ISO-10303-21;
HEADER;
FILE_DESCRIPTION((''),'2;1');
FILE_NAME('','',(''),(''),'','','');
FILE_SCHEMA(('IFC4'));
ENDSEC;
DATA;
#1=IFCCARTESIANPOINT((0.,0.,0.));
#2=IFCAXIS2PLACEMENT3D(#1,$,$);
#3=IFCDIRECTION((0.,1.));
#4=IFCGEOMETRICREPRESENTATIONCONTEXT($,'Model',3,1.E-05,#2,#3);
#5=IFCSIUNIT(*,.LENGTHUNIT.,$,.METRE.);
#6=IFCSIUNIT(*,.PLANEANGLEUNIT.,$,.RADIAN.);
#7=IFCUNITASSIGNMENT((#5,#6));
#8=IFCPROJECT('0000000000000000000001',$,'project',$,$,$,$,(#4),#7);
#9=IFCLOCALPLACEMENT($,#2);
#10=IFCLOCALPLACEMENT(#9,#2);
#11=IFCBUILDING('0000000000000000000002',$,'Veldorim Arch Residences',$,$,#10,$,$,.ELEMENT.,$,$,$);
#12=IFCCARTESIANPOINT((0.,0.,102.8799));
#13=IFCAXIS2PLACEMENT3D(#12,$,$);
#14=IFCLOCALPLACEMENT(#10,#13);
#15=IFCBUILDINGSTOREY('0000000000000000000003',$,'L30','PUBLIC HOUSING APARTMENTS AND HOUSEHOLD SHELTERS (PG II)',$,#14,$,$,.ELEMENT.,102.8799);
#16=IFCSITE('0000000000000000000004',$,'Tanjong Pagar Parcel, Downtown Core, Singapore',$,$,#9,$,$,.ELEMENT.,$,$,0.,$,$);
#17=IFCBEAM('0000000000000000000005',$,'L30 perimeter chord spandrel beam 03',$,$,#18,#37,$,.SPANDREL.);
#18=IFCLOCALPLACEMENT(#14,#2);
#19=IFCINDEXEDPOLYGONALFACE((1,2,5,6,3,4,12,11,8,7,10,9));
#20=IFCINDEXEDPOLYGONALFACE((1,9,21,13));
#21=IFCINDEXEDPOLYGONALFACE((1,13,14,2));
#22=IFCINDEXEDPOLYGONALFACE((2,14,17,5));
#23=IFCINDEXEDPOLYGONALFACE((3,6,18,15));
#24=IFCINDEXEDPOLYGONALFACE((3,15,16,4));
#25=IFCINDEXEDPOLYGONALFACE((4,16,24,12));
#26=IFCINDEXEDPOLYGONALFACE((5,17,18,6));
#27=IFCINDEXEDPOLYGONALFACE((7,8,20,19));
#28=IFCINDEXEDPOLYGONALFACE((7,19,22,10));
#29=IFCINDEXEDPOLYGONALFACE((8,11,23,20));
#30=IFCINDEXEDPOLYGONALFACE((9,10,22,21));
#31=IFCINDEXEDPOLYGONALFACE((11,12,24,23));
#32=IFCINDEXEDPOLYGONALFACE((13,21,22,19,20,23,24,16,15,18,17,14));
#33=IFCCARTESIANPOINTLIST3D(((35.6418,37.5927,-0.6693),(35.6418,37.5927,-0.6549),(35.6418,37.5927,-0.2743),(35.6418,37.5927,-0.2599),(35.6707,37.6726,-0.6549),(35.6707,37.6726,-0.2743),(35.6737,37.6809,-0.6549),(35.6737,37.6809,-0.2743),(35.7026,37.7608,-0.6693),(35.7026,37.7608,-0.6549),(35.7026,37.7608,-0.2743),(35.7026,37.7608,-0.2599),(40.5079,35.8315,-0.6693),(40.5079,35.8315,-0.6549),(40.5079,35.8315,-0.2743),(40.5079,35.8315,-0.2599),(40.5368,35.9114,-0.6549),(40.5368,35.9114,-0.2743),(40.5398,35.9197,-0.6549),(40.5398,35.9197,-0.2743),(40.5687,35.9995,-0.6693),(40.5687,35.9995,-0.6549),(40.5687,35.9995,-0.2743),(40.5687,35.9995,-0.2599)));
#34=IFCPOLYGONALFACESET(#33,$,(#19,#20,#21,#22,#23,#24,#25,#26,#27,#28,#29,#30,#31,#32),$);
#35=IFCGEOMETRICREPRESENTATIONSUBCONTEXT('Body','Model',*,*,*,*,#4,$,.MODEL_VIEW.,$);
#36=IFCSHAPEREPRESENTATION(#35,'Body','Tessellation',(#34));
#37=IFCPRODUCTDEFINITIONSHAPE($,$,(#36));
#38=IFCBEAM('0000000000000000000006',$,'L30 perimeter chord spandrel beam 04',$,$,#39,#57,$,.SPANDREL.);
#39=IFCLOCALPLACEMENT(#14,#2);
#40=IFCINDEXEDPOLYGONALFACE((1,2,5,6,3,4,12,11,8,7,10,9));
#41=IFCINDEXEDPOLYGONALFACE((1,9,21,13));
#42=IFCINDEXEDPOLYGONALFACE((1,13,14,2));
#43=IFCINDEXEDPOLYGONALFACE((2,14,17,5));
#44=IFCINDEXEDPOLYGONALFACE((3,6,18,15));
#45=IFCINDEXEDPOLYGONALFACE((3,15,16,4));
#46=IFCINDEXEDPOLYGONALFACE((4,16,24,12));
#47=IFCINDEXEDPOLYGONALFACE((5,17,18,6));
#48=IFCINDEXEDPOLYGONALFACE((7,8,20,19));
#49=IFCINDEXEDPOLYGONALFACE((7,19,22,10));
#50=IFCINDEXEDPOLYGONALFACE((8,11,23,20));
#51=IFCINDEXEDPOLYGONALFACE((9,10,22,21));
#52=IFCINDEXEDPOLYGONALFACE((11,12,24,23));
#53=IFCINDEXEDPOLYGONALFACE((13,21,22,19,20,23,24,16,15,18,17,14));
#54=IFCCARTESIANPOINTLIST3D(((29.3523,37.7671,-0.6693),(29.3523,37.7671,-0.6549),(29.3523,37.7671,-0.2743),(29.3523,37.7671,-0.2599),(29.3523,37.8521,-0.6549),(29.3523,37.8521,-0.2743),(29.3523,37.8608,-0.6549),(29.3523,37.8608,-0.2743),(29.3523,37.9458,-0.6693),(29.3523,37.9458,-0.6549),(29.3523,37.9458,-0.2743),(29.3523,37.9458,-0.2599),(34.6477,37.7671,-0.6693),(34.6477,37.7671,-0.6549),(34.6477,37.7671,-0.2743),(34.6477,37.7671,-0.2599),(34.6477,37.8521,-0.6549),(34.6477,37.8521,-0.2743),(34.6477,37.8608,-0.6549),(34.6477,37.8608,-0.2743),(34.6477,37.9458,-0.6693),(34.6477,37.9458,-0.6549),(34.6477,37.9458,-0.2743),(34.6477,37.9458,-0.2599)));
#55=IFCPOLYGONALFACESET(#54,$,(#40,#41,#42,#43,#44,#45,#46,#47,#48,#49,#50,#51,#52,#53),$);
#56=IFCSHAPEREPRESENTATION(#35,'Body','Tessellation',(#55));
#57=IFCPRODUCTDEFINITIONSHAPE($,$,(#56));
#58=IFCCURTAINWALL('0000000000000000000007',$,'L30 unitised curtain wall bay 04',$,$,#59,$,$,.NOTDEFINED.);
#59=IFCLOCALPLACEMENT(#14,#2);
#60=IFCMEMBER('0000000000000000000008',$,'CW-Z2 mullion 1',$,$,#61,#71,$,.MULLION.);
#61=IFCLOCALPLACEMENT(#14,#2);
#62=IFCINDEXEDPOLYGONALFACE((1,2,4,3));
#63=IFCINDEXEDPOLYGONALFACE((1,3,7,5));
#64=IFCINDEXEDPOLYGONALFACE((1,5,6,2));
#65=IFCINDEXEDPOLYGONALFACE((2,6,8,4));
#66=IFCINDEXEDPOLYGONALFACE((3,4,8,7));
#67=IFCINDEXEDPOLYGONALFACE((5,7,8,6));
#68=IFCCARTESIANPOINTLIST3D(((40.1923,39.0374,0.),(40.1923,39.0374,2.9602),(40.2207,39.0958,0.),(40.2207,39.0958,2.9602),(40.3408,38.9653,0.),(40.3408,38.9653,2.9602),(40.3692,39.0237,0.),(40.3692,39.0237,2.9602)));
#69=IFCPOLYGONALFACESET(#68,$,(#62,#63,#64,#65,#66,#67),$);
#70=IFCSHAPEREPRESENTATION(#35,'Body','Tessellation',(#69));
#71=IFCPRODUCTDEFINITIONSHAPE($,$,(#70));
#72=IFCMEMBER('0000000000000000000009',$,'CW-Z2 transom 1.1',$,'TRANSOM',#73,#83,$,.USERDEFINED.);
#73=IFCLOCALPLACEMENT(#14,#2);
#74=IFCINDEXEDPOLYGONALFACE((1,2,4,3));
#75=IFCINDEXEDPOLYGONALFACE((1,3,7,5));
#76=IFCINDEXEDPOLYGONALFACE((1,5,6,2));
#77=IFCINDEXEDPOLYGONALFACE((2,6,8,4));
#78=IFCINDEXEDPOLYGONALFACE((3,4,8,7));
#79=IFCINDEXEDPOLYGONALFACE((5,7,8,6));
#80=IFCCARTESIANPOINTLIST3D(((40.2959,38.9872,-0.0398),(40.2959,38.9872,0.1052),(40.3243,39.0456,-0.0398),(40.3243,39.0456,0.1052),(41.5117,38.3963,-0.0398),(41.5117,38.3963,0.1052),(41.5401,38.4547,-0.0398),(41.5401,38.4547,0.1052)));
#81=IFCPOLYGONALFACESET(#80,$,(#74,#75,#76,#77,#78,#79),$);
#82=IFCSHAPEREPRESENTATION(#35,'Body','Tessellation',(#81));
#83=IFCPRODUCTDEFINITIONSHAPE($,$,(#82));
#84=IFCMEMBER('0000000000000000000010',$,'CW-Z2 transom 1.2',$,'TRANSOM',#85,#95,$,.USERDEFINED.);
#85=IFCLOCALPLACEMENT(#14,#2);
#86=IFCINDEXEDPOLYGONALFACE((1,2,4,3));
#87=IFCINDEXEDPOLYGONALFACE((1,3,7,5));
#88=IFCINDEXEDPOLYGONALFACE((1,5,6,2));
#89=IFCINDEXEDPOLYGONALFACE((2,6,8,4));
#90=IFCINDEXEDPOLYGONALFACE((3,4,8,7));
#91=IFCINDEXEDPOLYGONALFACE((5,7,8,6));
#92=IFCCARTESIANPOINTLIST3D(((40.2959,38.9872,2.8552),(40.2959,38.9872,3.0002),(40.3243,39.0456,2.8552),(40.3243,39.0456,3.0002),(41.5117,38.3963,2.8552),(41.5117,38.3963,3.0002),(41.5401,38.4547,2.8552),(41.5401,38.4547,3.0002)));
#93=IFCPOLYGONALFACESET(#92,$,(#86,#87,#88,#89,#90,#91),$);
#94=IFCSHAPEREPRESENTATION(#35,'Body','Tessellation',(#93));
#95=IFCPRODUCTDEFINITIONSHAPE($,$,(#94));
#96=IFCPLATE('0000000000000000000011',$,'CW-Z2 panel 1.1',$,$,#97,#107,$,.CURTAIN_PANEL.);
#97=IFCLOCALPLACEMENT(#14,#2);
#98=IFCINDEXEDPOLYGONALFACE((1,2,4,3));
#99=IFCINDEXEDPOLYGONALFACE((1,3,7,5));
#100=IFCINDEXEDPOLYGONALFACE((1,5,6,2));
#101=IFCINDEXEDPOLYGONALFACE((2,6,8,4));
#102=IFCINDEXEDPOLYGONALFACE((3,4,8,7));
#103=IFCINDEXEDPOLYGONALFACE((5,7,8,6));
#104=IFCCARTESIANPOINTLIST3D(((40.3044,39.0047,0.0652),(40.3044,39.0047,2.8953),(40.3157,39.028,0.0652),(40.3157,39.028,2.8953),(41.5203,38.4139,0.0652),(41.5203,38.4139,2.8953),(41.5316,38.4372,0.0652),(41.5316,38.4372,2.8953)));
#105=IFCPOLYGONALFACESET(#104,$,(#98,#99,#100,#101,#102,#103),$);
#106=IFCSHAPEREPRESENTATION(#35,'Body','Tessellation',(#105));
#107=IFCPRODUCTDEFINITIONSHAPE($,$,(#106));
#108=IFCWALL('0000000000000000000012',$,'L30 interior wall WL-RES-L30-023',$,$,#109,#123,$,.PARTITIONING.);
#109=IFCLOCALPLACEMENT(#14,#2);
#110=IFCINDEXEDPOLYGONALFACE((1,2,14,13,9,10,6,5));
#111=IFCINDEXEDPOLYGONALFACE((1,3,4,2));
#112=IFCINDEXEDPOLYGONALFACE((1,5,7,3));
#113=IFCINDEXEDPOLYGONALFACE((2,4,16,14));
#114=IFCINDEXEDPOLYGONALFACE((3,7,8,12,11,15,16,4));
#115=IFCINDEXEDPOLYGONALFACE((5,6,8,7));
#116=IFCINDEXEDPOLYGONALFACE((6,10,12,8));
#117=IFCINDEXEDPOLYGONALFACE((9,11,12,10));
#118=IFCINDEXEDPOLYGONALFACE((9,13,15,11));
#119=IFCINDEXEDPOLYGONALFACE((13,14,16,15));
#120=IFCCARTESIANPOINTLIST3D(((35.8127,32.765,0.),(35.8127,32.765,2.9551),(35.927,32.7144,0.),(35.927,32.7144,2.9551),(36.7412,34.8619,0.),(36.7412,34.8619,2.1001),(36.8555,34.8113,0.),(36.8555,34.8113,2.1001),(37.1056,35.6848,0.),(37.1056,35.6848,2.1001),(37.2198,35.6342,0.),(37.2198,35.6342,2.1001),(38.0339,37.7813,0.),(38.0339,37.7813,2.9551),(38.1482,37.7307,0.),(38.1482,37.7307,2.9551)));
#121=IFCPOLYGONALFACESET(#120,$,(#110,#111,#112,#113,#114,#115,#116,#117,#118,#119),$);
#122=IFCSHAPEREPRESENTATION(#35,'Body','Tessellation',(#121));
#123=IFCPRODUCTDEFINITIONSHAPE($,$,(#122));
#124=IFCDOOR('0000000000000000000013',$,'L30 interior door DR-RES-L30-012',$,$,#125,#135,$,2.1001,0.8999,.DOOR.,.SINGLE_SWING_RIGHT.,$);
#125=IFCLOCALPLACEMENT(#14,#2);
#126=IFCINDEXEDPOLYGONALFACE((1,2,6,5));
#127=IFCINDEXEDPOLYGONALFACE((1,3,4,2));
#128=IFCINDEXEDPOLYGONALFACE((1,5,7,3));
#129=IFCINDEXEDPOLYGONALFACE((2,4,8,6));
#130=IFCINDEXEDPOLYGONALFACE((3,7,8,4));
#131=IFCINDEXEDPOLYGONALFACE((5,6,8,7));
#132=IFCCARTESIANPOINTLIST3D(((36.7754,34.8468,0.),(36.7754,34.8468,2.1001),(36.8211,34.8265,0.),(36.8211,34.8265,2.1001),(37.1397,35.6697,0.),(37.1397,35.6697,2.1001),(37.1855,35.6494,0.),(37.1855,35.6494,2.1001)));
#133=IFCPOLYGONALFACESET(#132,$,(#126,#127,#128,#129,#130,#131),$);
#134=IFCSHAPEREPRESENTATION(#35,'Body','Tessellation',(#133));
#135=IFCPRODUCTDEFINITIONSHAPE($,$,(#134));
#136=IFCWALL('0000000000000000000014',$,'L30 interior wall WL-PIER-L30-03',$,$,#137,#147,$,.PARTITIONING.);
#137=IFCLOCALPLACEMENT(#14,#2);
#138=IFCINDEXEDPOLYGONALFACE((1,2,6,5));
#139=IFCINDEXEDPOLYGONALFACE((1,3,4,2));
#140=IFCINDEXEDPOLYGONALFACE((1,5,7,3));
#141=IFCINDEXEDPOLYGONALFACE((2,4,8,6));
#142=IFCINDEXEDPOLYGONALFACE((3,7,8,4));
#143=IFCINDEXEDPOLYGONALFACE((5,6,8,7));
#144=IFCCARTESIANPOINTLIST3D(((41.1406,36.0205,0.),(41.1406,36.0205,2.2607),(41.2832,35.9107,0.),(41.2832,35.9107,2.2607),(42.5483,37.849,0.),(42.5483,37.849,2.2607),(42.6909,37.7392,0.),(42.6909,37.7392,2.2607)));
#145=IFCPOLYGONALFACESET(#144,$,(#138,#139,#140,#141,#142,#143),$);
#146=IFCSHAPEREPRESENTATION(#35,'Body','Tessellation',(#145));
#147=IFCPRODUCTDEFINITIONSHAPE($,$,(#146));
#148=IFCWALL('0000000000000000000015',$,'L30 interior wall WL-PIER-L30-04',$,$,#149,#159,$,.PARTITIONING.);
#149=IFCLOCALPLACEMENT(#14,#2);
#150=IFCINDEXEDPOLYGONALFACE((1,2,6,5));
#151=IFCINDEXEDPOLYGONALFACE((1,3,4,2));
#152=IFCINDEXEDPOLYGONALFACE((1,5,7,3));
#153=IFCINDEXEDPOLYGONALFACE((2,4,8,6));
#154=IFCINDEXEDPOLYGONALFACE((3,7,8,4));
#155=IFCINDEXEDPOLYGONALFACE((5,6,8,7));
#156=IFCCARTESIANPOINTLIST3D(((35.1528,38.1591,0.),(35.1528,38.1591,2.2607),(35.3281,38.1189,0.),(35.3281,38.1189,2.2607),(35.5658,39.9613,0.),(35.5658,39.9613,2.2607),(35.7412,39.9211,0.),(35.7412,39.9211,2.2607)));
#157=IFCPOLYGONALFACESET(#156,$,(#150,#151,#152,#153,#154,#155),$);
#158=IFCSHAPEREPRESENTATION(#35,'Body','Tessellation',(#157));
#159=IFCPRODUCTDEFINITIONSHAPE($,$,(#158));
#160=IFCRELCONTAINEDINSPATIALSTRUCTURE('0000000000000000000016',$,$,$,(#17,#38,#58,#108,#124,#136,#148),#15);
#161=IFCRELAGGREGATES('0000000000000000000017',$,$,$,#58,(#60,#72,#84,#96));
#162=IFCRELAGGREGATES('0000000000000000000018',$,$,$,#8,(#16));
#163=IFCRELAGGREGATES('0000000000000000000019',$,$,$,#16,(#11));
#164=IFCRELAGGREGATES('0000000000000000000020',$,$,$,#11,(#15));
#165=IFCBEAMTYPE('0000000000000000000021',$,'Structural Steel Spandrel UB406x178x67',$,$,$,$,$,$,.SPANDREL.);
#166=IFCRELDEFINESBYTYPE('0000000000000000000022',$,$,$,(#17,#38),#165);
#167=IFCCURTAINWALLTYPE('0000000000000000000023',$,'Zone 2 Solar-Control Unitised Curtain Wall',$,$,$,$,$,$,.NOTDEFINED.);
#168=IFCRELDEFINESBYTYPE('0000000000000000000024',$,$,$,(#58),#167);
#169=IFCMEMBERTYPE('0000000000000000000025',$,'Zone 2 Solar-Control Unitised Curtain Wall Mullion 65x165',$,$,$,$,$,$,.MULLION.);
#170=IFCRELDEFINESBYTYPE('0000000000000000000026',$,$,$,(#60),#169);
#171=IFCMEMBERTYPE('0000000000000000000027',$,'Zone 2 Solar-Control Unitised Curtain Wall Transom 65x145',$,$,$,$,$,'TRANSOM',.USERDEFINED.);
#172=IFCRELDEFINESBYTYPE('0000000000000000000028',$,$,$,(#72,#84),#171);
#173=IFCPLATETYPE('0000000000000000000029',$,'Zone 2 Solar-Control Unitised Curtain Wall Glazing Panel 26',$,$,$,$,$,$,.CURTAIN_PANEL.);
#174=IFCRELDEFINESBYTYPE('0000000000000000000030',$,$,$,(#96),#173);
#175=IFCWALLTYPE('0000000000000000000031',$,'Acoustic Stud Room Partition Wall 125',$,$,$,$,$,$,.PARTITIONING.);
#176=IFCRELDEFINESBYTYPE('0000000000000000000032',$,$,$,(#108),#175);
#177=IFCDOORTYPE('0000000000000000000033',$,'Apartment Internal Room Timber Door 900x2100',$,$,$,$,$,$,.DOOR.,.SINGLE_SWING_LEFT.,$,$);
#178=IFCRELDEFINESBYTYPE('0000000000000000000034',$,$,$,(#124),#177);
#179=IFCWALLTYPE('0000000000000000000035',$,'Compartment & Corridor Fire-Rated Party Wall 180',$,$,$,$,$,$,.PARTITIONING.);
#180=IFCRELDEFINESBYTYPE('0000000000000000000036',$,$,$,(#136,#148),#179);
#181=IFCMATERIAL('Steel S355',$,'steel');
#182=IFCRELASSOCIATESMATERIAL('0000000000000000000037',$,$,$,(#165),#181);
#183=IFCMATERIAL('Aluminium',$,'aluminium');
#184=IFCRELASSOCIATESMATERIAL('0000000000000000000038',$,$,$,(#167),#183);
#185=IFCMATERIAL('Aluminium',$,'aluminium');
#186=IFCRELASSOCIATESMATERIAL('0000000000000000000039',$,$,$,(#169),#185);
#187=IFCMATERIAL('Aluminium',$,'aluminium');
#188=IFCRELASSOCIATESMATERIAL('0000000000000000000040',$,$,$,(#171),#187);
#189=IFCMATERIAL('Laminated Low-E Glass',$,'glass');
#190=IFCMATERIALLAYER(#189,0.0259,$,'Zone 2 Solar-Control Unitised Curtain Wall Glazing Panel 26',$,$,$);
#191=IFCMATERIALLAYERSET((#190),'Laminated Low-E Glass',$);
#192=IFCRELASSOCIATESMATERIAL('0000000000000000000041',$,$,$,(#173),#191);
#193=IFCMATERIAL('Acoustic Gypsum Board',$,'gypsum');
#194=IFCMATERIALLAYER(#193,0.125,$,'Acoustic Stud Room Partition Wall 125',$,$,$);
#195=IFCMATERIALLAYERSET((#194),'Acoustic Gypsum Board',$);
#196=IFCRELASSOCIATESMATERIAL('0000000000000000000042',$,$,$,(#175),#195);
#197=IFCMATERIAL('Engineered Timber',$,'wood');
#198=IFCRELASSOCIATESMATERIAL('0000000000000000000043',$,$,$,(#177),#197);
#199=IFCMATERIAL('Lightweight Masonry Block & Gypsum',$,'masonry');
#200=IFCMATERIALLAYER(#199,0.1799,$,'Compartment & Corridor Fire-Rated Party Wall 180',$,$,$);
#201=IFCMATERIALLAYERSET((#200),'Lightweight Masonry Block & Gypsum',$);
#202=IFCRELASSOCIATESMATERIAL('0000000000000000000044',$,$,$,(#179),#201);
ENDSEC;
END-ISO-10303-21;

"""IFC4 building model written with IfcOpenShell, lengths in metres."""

from ifc_helpers import new_model, si_unit, direction, frame, frame_2d, origin, origin_2d, place, context, subcontext, project, spatial, rectangle, i_section, extrude, material, layer, layer_set, material_profile, profile_set, type_object, element, fill, aggregate, save


model = new_model("IFC4")

# Units and contexts
model_context = context("Model", 3, precision=1e-05, world=origin(), true_north=direction((0.0, 1.0)))
body_context = subcontext(model_context, "Body", "Model", "MODEL_VIEW")
ifc_project = project(units=[si_unit("LENGTHUNIT", "METRE"), si_unit("PLANEANGLEUNIT", "RADIAN")], contexts=[model_context])

# Site, building, storey
site_placement = place(None, origin())
site = spatial("IfcSite", under=ifc_project, at=site_placement, Name="Tanjong Pagar Parcel, Downtown Core, Singapore", CompositionType="ELEMENT", RefElevation=0.0)
building_placement = place(site_placement, origin())
building = spatial("IfcBuilding", under=site, at=building_placement, Name="Veldorim Arch Residences", CompositionType="ELEMENT")
storey_placement = place(building_placement, frame((0.0, 0.0, 102.8799)))
storey = spatial("IfcBuildingStorey", under=building, at=storey_placement, Name="L30", Description="PUBLIC HOUSING APARTMENTS AND HOUSEHOLD SHELTERS (PG II)", CompositionType="ELEMENT", Elevation=102.8799)

# Beams
ifc_material_1 = material(Name="Steel S355", Category="steel")
ifc_material_profile_1 = material_profile(ifc_material_1, i_section(OverallWidth=0.1787, OverallDepth=0.4094, WebThickness=0.0088, FlangeThickness=0.0144, at=origin_2d()), Name="UB406x178x67")
ifc_profile_set_1 = profile_set([ifc_material_profile_1], Name="Steel S355")
beam_type_1 = type_object("IfcBeamType", Name="Structural Steel Spandrel UB406x178x67", PredefinedType="SPANDREL", material=ifc_profile_set_1)
beam_1_placement = place(storey_placement, frame((40.5383, 35.9155, -0.4646), z_axis=(-0.940308, 0.340326, 0.0), x_axis=(-0.340326, -0.940308, 0.0)))
element("IfcBeam", 1, at=beam_1_placement, inside=storey, type_object=beam_type_1, Name="L30 perimeter chord spandrel beam 03", PredefinedType="SPANDREL", context=body_context, shape_type="SweptSolid", body=[
    extrude(i_section(OverallWidth=0.1787, OverallDepth=0.4094, WebThickness=0.0088, FlangeThickness=0.0144, at=origin_2d()), origin(), (0.0, 0.0, 1.0), 5.175),
])
beam_2_placement = place(storey_placement, frame((34.6477, 37.8564, -0.4646), z_axis=(-1.0, 0.0, 0.0), x_axis=(0.0, -1.0, 0.0)))
element("IfcBeam", 2, at=beam_2_placement, inside=storey, type_object=beam_type_1, Name="L30 perimeter chord spandrel beam 04", PredefinedType="SPANDREL", context=body_context, shape_type="SweptSolid", body=[
    extrude(i_section(OverallWidth=0.1787, OverallDepth=0.4094, WebThickness=0.0088, FlangeThickness=0.0144, at=origin_2d()), origin(), (0.0, 0.0, 1.0), 5.2954),
])

# Curtain wall, members, plate
ifc_material_2 = material(Name="Aluminium", Category="aluminium")
curtain_wall_type = type_object("IfcCurtainWallType", Name="Zone 2 Solar-Control Unitised Curtain Wall", PredefinedType="NOTDEFINED", material=ifc_material_2)
curtain_wall_placement = place(storey_placement, origin())
curtain_wall = element("IfcCurtainWall", 3, at=curtain_wall_placement, inside=storey, type_object=curtain_wall_type, Name="L30 unitised curtain wall bay 04", PredefinedType="NOTDEFINED")
ifc_material_3 = material(Name="Aluminium", Category="aluminium")
ifc_material_profile_2 = material_profile(ifc_material_3, rectangle(XDim=0.0649, YDim=0.165, at=origin_2d()), Name="ALU_MUL_65x165")
ifc_profile_set_2 = profile_set([ifc_material_profile_2], Name="Aluminium")
member_type_1 = type_object("IfcMemberType", Name="Zone 2 Solar-Control Unitised Curtain Wall Mullion 65x165", PredefinedType="MULLION", material=ifc_profile_set_2)
member_1_placement = place(storey_placement, frame((40.2808, 39.0305, 0.0), z_axis=(0.0, 0.0, 1.0), x_axis=(0.437, 0.899462, 0.0)))
member_1 = element("IfcMember", 4, at=member_1_placement, type_object=member_type_1, Name="CW-Z2 mullion 1", PredefinedType="MULLION", context=body_context, shape_type="SweptSolid", body=[
    extrude(rectangle(XDim=0.0649, YDim=0.165, at=origin_2d()), origin(), (0.0, 0.0, 1.0), 2.9602),
])
ifc_material_4 = material(Name="Aluminium", Category="aluminium")
ifc_material_profile_3 = material_profile(ifc_material_4, rectangle(XDim=0.0649, YDim=0.145, at=origin_2d()), Name="ALU_TRN_65x145")
ifc_profile_set_3 = profile_set([ifc_material_profile_3], Name="Aluminium")
member_type_2 = type_object("IfcMemberType", Name="Zone 2 Solar-Control Unitised Curtain Wall Transom 65x145", ElementType="TRANSOM", PredefinedType="USERDEFINED", material=ifc_profile_set_3)
member_2_placement = place(storey_placement, frame((40.3101, 39.0164, 0.0327), z_axis=(0.899427, -0.437071, 0.0), x_axis=(0.437071, 0.899427, 0.0)))
member_2 = element("IfcMember", 5, at=member_2_placement, type_object=member_type_2, Name="CW-Z2 transom 1.1", ObjectType="TRANSOM", PredefinedType="USERDEFINED", context=body_context, shape_type="SweptSolid", body=[
    extrude(rectangle(XDim=0.0649, YDim=0.145, at=origin_2d()), origin(), (0.0, 0.0, 1.0), 1.3518),
])
member_3_placement = place(storey_placement, frame((40.3101, 39.0164, 2.9277), z_axis=(0.899427, -0.437071, 0.0), x_axis=(0.437071, 0.899427, 0.0)))
member_3 = element("IfcMember", 6, at=member_3_placement, type_object=member_type_2, Name="CW-Z2 transom 1.2", ObjectType="TRANSOM", PredefinedType="USERDEFINED", context=body_context, shape_type="SweptSolid", body=[
    extrude(rectangle(XDim=0.0649, YDim=0.145, at=origin_2d()), origin(), (0.0, 0.0, 1.0), 1.3518),
])
ifc_material_5 = material(Name="Laminated Low-E Glass", Category="glass")
ifc_layer_1 = layer(ifc_material_5, 0.0259, Name="Zone 2 Solar-Control Unitised Curtain Wall Glazing Panel 26")
ifc_layer_set_1 = layer_set([ifc_layer_1], Name="Laminated Low-E Glass")
plate_type = type_object("IfcPlateType", Name="Zone 2 Solar-Control Unitised Curtain Wall Glazing Panel 26", PredefinedType="CURTAIN_PANEL", material=ifc_layer_set_1)
plate_placement = place(storey_placement, frame((40.918, 38.7209, 0.0652), z_axis=(0.0, 0.0, 1.0), x_axis=(0.899462, -0.437, 0.0)))
plate = element("IfcPlate", 7, at=plate_placement, type_object=plate_type, Name="CW-Z2 panel 1.1", PredefinedType="CURTAIN_PANEL", context=body_context, shape_type="SweptSolid", body=[
    extrude(rectangle(XDim=1.3518, YDim=0.0259, at=origin_2d()), origin(), (0.0, 0.0, 1.0), 2.8301),
])
aggregate(curtain_wall, [member_1, member_2, member_3, plate])

# Wall, opening, door
ifc_material_6 = material(Name="Acoustic Gypsum Board", Category="gypsum")
ifc_layer_2 = layer(ifc_material_6, 0.125, Name="Acoustic Stud Room Partition Wall 125")
ifc_layer_set_2 = layer_set([ifc_layer_2], Name="Acoustic Gypsum Board")
wall_type_1 = type_object("IfcWallType", Name="Acoustic Stud Room Partition Wall 125", PredefinedType="PARTITIONING", material=ifc_layer_set_2)
wall_1_placement = place(storey_placement, frame((38.0911, 37.7561, 0.0), z_axis=(0.0, 0.0, 1.0), x_axis=(-0.404875, -0.914372, 0.0)))
wall_1 = element("IfcWall", 8, at=wall_1_placement, inside=storey, type_object=wall_type_1, Name="L30 interior wall WL-RES-L30-023", PredefinedType="PARTITIONING", context=body_context, shape_type="SweptSolid", body=[
    extrude(rectangle(XDim=5.4861, YDim=0.125, at=frame_2d((2.7432, 0.0))), origin(), (0.0, 0.0, 1.0), 2.9551),
])
opening_1_placement = place(wall_1_placement, frame((2.293, 0.0, 0.0)))
opening_1 = element("IfcOpeningElement", 9, at=opening_1_placement, cuts=wall_1, PredefinedType="OPENING", context=body_context, shape_type="SweptSolid", body=[
    extrude(rectangle(XDim=0.8999, YDim=2.1001, at=frame_2d((0.45, 1.05))), frame((0.0, 0.0725, 0.0), z_axis=(0.0, -1.0, 0.0), x_axis=(1.0, 0.0, 0.0)), (0.0, 0.0, 1.0), 0.145),
])
ifc_material_7 = material(Name="Engineered Timber", Category="wood")
door_type_1 = type_object("IfcDoorType", Name="Apartment Internal Room Timber Door 900x2100", OperationType="SINGLE_SWING_LEFT", PredefinedType="DOOR", material=ifc_material_7)
door_1_placement = place(opening_1_placement, origin())
door_1 = element("IfcDoor", 10, at=door_1_placement, inside=storey, type_object=door_type_1, Name="L30 interior door DR-RES-L30-012", OperationType="SINGLE_SWING_RIGHT", OverallHeight=2.1001, OverallWidth=0.8999, PredefinedType="DOOR", context=body_context, shape_type="SweptSolid", body=[
    extrude(rectangle(XDim=0.8999, YDim=2.1001, at=frame_2d((0.45, 1.05))), frame((0.0, 0.0249, 0.0), z_axis=(0.0, -1.0, 0.0), x_axis=(1.0, 0.0, 0.0)), (0.0, 0.0, 1.0), 0.05),
])
fill(opening_1, door_1)

# Walls
ifc_material_8 = material(Name="Lightweight Masonry Block & Gypsum", Category="masonry")
ifc_layer_3 = layer(ifc_material_8, 0.1799, Name="Compartment & Corridor Fire-Rated Party Wall 180")
ifc_layer_set_3 = layer_set([ifc_layer_3], Name="Lightweight Masonry Block & Gypsum")
wall_type_2 = type_object("IfcWallType", Name="Compartment & Corridor Fire-Rated Party Wall 180", PredefinedType="PARTITIONING", material=ifc_layer_set_3)
wall_2_placement = place(storey_placement, frame((41.2119, 35.9656, 0.0), z_axis=(0.0, 0.0, 1.0), x_axis=(0.610007, 0.792396, 0.0)))
element("IfcWall", 11, at=wall_2_placement, inside=storey, type_object=wall_type_2, Name="L30 interior wall WL-PIER-L30-03", PredefinedType="PARTITIONING", context=body_context, shape_type="SweptSolid", body=[
    extrude(rectangle(XDim=2.3076, YDim=0.1799, at=frame_2d((1.1538, 0.0))), origin(), (0.0, 0.0, 1.0), 2.2607),
])
wall_3_placement = place(storey_placement, frame((35.2405, 38.1392, 0.0), z_axis=(0.0, 0.0, 1.0), x_axis=(0.223413, 0.974724, 0.0)))
element("IfcWall", 12, at=wall_3_placement, inside=storey, type_object=wall_type_2, Name="L30 interior wall WL-PIER-L30-04", PredefinedType="PARTITIONING", context=body_context, shape_type="SweptSolid", body=[
    extrude(rectangle(XDim=1.8489, YDim=0.1799, at=frame_2d((0.9243, 0.0))), origin(), (0.0, 0.0, 1.0), 2.2607),
])

save(model, "model.ifc")
